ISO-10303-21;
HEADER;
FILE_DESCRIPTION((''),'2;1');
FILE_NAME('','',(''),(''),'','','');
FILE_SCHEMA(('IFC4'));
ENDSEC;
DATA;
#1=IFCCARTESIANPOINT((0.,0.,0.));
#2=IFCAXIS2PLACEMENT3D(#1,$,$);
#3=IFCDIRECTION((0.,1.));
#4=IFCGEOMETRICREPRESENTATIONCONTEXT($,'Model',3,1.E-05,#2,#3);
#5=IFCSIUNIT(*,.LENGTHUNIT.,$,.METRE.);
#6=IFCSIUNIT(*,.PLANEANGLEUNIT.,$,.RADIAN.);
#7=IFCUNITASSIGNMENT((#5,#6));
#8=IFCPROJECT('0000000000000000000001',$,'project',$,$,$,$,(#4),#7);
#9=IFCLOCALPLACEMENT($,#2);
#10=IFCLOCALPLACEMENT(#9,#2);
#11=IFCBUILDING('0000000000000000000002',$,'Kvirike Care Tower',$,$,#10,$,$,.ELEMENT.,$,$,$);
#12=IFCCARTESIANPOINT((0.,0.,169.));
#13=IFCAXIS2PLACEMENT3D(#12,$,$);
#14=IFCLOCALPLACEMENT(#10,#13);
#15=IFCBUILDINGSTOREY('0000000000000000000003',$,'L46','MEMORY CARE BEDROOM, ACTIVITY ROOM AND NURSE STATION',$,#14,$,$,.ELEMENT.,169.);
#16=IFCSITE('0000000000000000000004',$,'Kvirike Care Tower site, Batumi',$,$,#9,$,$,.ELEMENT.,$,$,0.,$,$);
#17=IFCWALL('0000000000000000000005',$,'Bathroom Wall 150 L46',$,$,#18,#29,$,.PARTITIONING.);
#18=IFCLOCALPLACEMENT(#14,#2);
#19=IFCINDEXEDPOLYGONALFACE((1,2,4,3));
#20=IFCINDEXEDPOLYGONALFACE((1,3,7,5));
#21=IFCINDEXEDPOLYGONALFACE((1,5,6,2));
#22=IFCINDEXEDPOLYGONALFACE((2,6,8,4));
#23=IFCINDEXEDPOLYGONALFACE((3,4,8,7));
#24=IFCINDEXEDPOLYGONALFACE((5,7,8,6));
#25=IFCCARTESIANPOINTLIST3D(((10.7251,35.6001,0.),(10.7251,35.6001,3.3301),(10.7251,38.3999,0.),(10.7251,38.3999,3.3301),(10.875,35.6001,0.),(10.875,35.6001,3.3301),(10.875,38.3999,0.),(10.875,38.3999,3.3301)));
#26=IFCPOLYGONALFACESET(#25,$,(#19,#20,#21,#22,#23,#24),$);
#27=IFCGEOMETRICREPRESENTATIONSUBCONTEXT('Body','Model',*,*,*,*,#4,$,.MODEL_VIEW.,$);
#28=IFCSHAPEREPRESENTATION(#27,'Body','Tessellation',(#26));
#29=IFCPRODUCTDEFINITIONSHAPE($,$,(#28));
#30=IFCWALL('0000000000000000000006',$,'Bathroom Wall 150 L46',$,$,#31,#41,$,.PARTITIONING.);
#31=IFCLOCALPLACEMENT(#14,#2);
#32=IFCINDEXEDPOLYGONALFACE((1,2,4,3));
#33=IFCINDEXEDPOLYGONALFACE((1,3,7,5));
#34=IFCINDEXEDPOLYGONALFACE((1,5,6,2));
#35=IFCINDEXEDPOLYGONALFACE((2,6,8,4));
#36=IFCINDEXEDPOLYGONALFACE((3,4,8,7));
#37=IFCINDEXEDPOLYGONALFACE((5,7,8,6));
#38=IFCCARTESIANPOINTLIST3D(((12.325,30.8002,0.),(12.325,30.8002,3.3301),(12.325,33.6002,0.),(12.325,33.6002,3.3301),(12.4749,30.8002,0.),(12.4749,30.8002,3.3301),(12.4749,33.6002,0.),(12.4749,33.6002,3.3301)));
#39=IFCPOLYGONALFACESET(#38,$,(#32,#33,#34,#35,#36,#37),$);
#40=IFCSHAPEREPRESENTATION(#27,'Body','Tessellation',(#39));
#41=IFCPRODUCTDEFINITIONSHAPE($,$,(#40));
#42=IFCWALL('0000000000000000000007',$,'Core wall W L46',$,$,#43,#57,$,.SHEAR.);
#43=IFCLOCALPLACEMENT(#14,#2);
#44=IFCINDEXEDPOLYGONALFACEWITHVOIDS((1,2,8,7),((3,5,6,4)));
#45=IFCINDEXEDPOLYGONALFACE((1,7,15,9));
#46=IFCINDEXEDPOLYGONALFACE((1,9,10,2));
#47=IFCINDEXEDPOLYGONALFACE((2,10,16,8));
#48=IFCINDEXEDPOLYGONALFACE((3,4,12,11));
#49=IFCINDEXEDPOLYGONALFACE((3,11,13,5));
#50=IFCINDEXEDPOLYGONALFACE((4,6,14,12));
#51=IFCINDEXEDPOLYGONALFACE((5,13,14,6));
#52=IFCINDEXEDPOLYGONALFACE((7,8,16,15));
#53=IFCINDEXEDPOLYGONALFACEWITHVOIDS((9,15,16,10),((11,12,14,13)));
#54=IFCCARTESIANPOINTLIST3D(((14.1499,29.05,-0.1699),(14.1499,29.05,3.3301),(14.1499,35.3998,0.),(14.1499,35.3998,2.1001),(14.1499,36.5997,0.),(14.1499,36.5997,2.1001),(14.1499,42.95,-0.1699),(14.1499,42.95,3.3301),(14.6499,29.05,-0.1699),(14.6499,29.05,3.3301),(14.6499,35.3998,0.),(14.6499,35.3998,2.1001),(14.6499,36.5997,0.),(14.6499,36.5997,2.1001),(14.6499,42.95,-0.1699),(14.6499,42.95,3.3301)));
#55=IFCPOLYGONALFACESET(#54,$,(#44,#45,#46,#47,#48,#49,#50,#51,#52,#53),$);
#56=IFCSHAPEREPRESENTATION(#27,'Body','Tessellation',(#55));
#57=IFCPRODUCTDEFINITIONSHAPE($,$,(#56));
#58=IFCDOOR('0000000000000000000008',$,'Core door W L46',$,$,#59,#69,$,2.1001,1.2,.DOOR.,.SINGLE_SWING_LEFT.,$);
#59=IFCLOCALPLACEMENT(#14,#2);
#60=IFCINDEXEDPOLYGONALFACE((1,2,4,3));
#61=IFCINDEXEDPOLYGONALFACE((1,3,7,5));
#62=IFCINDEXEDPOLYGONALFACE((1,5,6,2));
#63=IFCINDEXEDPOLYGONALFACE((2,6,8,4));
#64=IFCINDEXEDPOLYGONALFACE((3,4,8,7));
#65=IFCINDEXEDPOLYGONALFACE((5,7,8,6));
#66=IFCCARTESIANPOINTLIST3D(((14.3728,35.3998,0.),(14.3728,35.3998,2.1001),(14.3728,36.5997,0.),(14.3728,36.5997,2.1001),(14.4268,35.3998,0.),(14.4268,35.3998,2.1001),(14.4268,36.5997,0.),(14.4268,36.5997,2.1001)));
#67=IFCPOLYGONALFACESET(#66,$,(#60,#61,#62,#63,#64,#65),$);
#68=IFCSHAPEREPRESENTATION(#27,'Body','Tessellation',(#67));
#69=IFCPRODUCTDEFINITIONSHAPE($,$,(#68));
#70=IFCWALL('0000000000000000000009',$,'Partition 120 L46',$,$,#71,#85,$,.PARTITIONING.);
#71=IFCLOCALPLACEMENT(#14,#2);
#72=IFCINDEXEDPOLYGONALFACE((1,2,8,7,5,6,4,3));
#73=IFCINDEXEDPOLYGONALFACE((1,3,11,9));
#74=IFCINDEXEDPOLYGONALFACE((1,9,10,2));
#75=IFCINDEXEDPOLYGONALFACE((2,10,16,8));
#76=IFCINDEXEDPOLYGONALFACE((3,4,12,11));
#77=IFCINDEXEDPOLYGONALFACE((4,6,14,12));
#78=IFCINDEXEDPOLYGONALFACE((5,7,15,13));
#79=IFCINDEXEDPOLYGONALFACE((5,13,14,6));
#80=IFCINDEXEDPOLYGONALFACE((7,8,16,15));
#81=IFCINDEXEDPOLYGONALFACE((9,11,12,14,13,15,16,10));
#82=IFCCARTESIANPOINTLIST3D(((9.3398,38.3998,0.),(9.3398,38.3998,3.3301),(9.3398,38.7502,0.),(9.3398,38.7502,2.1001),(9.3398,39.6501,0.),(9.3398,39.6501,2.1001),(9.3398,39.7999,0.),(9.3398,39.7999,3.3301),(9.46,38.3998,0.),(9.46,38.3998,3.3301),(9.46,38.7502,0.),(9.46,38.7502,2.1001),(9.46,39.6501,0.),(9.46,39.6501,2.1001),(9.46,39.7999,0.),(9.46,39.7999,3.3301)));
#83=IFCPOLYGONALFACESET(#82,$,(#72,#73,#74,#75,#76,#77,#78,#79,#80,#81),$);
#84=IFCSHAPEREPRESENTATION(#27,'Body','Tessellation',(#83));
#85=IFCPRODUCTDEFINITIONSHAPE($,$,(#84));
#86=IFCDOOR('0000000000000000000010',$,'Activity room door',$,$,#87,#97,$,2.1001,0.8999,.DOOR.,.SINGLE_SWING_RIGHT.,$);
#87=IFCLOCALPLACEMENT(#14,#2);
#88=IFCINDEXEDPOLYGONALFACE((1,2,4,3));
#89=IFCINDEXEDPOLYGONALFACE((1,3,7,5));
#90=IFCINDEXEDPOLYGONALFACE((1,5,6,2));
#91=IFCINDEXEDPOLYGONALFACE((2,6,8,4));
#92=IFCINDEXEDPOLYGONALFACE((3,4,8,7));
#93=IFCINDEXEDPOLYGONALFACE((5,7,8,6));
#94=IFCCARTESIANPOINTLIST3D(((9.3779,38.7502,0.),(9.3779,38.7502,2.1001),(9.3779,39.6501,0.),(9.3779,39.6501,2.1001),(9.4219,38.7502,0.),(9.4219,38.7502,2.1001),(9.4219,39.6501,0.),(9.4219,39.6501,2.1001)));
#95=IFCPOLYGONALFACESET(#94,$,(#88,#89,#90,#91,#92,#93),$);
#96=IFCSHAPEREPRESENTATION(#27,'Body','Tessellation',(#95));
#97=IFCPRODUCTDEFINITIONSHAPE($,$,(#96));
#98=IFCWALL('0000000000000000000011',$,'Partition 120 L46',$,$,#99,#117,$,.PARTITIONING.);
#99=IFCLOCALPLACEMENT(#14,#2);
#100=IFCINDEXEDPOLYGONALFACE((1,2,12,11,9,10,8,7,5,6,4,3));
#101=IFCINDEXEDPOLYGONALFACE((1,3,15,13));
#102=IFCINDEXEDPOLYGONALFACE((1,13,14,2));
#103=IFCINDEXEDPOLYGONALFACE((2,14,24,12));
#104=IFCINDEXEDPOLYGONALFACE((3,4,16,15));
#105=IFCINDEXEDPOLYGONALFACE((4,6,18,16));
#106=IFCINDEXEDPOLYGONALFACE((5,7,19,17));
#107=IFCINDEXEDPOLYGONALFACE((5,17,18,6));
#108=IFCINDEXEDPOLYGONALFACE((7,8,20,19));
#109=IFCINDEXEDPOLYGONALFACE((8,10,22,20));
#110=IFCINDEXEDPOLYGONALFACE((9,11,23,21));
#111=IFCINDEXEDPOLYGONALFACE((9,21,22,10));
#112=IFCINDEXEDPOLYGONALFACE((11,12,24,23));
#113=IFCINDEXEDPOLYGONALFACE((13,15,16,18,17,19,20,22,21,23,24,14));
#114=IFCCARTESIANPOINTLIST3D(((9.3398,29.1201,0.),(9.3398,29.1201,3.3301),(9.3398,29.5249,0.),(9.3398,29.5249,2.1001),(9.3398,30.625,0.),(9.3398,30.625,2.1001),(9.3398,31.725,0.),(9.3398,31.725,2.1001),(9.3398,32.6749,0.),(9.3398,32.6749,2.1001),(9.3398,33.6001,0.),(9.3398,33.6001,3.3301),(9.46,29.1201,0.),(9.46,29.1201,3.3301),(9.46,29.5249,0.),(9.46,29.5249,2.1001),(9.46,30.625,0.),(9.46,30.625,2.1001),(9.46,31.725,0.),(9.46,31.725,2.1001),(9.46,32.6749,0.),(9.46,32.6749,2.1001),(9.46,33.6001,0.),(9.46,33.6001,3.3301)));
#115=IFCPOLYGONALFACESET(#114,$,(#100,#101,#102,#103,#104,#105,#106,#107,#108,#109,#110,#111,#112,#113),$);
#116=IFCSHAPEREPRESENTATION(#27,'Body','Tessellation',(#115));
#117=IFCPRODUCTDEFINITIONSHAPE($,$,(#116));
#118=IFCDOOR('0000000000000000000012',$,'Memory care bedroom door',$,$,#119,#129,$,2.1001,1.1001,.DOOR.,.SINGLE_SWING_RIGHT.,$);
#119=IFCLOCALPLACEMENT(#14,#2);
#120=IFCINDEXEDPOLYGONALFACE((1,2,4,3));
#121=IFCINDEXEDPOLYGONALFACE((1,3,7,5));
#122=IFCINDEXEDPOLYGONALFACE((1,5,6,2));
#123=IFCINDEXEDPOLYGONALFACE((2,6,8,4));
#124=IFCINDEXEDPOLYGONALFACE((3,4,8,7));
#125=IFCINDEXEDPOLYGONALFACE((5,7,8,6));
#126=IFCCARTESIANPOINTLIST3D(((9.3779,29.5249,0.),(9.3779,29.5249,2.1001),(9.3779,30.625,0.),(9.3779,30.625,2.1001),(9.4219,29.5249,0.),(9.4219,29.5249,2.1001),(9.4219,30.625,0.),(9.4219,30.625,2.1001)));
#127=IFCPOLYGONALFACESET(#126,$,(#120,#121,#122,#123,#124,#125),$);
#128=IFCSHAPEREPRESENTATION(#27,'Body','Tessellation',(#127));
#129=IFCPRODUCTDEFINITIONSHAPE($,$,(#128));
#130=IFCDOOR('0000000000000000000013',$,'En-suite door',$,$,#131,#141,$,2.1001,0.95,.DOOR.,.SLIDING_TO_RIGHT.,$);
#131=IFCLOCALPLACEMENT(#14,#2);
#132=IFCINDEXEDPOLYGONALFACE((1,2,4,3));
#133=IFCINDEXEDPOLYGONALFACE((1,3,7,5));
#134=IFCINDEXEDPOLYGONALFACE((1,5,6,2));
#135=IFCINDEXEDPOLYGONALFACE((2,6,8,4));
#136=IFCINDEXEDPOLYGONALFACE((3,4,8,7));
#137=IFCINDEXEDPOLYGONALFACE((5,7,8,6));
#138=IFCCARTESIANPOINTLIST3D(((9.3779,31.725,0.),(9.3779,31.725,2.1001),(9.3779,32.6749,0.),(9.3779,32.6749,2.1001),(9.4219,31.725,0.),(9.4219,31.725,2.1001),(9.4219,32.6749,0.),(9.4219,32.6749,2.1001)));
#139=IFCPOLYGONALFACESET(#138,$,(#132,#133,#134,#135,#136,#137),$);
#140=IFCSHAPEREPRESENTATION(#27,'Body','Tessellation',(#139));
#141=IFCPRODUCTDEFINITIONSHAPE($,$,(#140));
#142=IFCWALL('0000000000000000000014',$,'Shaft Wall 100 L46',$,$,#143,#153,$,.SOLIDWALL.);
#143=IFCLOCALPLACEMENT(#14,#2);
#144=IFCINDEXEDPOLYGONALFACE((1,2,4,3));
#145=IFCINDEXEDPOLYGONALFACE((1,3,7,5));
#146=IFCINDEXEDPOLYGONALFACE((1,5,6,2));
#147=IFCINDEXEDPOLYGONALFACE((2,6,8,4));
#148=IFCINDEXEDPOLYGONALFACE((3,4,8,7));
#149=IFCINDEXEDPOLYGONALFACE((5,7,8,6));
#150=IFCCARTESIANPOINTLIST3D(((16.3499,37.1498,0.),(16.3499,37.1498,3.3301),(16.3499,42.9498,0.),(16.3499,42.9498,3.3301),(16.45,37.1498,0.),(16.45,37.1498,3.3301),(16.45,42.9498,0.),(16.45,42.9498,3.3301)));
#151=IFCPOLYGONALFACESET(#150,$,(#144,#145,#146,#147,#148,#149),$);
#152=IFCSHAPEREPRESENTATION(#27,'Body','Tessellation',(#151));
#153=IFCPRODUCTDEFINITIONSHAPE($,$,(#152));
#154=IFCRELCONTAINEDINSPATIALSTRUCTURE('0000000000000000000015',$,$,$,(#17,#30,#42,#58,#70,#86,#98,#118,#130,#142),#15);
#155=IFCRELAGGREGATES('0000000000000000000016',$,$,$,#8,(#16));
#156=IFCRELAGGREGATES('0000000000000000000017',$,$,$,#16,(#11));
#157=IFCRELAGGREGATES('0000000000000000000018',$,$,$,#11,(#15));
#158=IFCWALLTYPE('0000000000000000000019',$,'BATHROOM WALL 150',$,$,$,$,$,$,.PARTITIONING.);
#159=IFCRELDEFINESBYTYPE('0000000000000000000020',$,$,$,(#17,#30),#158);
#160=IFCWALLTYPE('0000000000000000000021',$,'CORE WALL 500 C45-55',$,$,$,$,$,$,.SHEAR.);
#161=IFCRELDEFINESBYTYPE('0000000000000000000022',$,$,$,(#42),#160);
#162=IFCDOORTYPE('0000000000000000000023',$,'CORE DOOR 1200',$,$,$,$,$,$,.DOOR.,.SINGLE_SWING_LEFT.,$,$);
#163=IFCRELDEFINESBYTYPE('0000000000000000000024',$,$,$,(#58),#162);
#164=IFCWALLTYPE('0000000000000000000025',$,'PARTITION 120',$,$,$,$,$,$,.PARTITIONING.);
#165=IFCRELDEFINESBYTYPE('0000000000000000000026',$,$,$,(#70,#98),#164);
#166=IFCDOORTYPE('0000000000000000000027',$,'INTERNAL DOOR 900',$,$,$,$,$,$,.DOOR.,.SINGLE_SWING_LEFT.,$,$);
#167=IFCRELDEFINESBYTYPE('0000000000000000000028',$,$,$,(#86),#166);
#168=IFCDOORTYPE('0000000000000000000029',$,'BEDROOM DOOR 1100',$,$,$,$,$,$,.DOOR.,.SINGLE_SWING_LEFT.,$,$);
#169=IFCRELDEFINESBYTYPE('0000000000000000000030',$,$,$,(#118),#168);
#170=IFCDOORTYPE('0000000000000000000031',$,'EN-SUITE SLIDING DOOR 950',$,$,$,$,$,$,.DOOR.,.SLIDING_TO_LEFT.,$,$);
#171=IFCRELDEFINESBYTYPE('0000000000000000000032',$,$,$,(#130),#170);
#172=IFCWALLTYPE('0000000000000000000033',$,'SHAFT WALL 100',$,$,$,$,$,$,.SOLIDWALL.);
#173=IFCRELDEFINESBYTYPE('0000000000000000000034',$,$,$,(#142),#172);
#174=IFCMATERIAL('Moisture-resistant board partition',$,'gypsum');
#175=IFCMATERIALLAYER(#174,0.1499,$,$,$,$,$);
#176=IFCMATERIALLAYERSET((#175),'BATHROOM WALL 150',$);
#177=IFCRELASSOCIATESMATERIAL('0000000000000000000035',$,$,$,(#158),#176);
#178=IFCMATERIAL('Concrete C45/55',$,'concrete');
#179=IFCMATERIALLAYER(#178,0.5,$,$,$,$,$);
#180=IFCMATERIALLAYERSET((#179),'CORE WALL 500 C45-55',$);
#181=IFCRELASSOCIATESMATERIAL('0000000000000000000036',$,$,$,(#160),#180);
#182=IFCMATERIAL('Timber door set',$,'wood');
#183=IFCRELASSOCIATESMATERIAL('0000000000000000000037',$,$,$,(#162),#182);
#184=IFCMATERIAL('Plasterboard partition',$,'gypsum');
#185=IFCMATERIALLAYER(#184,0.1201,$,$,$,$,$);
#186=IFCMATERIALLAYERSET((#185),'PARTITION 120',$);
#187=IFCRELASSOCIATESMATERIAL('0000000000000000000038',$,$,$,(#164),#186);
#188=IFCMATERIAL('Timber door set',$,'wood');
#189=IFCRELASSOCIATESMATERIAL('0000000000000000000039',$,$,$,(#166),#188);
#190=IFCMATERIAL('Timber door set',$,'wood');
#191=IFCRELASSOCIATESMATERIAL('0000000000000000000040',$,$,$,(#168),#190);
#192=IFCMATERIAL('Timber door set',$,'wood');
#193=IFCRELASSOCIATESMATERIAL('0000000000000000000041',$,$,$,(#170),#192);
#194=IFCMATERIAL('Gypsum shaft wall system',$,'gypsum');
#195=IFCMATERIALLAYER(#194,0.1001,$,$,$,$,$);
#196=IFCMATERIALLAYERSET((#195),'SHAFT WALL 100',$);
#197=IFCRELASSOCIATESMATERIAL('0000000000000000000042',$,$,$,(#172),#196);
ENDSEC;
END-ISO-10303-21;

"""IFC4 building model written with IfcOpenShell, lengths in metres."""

from ifc_helpers import new_model, si_unit, direction, frame, frame_2d, origin, place, context, subcontext, project, spatial, rectangle, extrude, material, layer, layer_set, type_object, element, fill, save


model = new_model("IFC4")

# Units and contexts
model_context = context("Model", 3, precision=1e-05, world=origin(), true_north=direction((0.0, 1.0)))
body_context = subcontext(model_context, "Body", "Model", "MODEL_VIEW")
ifc_project = project(units=[si_unit("LENGTHUNIT", "METRE"), si_unit("PLANEANGLEUNIT", "RADIAN")], contexts=[model_context])

# Site, building, storey
site_placement = place(None, origin())
site = spatial("IfcSite", under=ifc_project, at=site_placement, Name="Kvirike Care Tower site, Batumi", CompositionType="ELEMENT", RefElevation=0.0)
building_placement = place(site_placement, origin())
building = spatial("IfcBuilding", under=site, at=building_placement, Name="Kvirike Care Tower", CompositionType="ELEMENT")
storey_placement = place(building_placement, frame((0.0, 0.0, 169.0)))
storey = spatial("IfcBuildingStorey", under=building, at=storey_placement, Name="L46", Description="MEMORY CARE BEDROOM, ACTIVITY ROOM AND NURSE STATION", CompositionType="ELEMENT", Elevation=169.0)

# Walls
ifc_material_1 = material(Name="Moisture-resistant board partition", Category="gypsum")
ifc_layer_1 = layer(ifc_material_1, 0.1499)
ifc_layer_set_1 = layer_set([ifc_layer_1], Name="BATHROOM WALL 150")
wall_type_1 = type_object("IfcWallType", Name="BATHROOM WALL 150", PredefinedType="PARTITIONING", material=ifc_layer_set_1)
wall_1_placement = place(storey_placement, frame((10.8, 38.3999, 0.0), z_axis=(0.0, 0.0, 1.0), x_axis=(0.0, -1.0, 0.0)))
element("IfcWall", 1, at=wall_1_placement, inside=storey, type_object=wall_type_1, Name="Bathroom Wall 150 L46", PredefinedType="PARTITIONING", context=body_context, shape_type="SweptSolid", body=[
    extrude(rectangle(XDim=2.7998, YDim=0.1499, at=frame_2d((1.3999, 0.0))), origin(), (0.0, 0.0, 1.0), 3.3301),
])
wall_2_placement = place(storey_placement, frame((12.3999, 33.6001, 0.0), z_axis=(0.0, 0.0, 1.0), x_axis=(0.0, -1.0, 0.0)))
element("IfcWall", 2, at=wall_2_placement, inside=storey, type_object=wall_type_1, Name="Bathroom Wall 150 L46", PredefinedType="PARTITIONING", context=body_context, shape_type="SweptSolid", body=[
    extrude(rectangle(XDim=2.8, YDim=0.1499, at=frame_2d((1.3999, 0.0))), origin(), (0.0, 0.0, 1.0), 3.3301),
])

# Walls, openings, doors
ifc_material_2 = material(Name="Concrete C45/55", Category="concrete")
ifc_layer_2 = layer(ifc_material_2, 0.5)
ifc_layer_set_2 = layer_set([ifc_layer_2], Name="CORE WALL 500 C45-55")
wall_type_2 = type_object("IfcWallType", Name="CORE WALL 500 C45-55", PredefinedType="SHEAR", material=ifc_layer_set_2)
wall_3_placement = place(storey_placement, frame((14.3999, 42.95, -0.1699), z_axis=(0.0, 0.0, 1.0), x_axis=(0.0, -1.0, 0.0)))
wall_3 = element("IfcWall", 3, at=wall_3_placement, inside=storey, type_object=wall_type_2, Name="Core wall W L46", PredefinedType="SHEAR", context=body_context, shape_type="SweptSolid", body=[
    extrude(rectangle(XDim=13.8999, YDim=0.5, at=frame_2d((6.95, 0.0))), origin(), (0.0, 0.0, 1.0), 3.5),
])
opening_1_placement = place(wall_3_placement, frame((6.3501, 0.0, 0.1699)))
opening_1 = element("IfcOpeningElement", 4, at=opening_1_placement, cuts=wall_3, PredefinedType="OPENING", context=body_context, shape_type="SweptSolid", body=[
    extrude(rectangle(XDim=1.2, YDim=2.1001, at=frame_2d((0.6001, 1.05))), frame((0.0, 0.2605, 0.0), z_axis=(0.0, -1.0, 0.0), x_axis=(1.0, 0.0, 0.0)), (0.0, 0.0, 1.0), 0.521),
])
ifc_material_3 = material(Name="Timber door set", Category="wood")
door_type_1 = type_object("IfcDoorType", Name="CORE DOOR 1200", OperationType="SINGLE_SWING_LEFT", PredefinedType="DOOR", material=ifc_material_3)
door_1_placement = place(opening_1_placement, origin())
door_1 = element("IfcDoor", 5, at=door_1_placement, inside=storey, type_object=door_type_1, Name="Core door W L46", OperationType="SINGLE_SWING_LEFT", OverallHeight=2.1001, OverallWidth=1.2, PredefinedType="DOOR", context=body_context, shape_type="SweptSolid", body=[
    extrude(rectangle(XDim=1.2, YDim=2.1001, at=frame_2d((0.6001, 1.05))), frame((0.0, 0.0269, 0.0), z_axis=(0.0, -1.0, 0.0), x_axis=(1.0, 0.0, 0.0)), (0.0, 0.0, 1.0), 0.054),
])
fill(opening_1, door_1)
ifc_material_4 = material(Name="Plasterboard partition", Category="gypsum")
ifc_layer_3 = layer(ifc_material_4, 0.1201)
ifc_layer_set_3 = layer_set([ifc_layer_3], Name="PARTITION 120")
wall_type_3 = type_object("IfcWallType", Name="PARTITION 120", PredefinedType="PARTITIONING", material=ifc_layer_set_3)
wall_4_placement = place(storey_placement, frame((9.3999, 39.8, 0.0), z_axis=(0.0, 0.0, 1.0), x_axis=(0.0, -1.0, 0.0)))
wall_4 = element("IfcWall", 6, at=wall_4_placement, inside=storey, type_object=wall_type_3, Name="Partition 120 L46", PredefinedType="PARTITIONING", context=body_context, shape_type="SweptSolid", body=[
    extrude(rectangle(XDim=1.4001, YDim=0.1201, at=frame_2d((0.7002, 0.0))), origin(), (0.0, 0.0, 1.0), 3.3301),
])
opening_2_placement = place(wall_4_placement, frame((0.1499, 0.0, 0.0)))
opening_2 = element("IfcOpeningElement", 7, at=opening_2_placement, cuts=wall_4, PredefinedType="OPENING", context=body_context, shape_type="SweptSolid", body=[
    extrude(rectangle(XDim=0.8999, YDim=2.1001, at=frame_2d((0.45, 1.05))), frame((0.0, 0.0706, 0.0), z_axis=(0.0, -1.0, 0.0), x_axis=(1.0, 0.0, 0.0)), (0.0, 0.0, 1.0), 0.1411),
])
ifc_material_5 = material(Name="Timber door set", Category="wood")
door_type_2 = type_object("IfcDoorType", Name="INTERNAL DOOR 900", OperationType="SINGLE_SWING_LEFT", PredefinedType="DOOR", material=ifc_material_5)
door_2_placement = place(opening_2_placement, origin())
door_2 = element("IfcDoor", 8, at=door_2_placement, inside=storey, type_object=door_type_2, Name="Activity room door", OperationType="SINGLE_SWING_RIGHT", OverallHeight=2.1001, OverallWidth=0.8999, PredefinedType="DOOR", context=body_context, shape_type="SweptSolid", body=[
    extrude(rectangle(XDim=0.8999, YDim=2.1001, at=frame_2d((0.45, 1.05))), frame((0.0, 0.022, 0.0), z_axis=(0.0, -1.0, 0.0), x_axis=(1.0, 0.0, 0.0)), (0.0, 0.0, 1.0), 0.0439),
])
fill(opening_2, door_2)

# Wall, openings, doors
wall_5_placement = place(storey_placement, frame((9.3999, 33.6001, 0.0), z_axis=(0.0, 0.0, 1.0), x_axis=(0.0, -1.0, 0.0)))
wall_5 = element("IfcWall", 9, at=wall_5_placement, inside=storey, type_object=wall_type_3, Name="Partition 120 L46", PredefinedType="PARTITIONING", context=body_context, shape_type="SweptSolid", body=[
    extrude(rectangle(XDim=4.48, YDim=0.1201, at=frame_2d((2.24, 0.0))), origin(), (0.0, 0.0, 1.0), 3.3301),
])
opening_3_placement = place(wall_5_placement, frame((2.9751, 0.0, 0.0)))
opening_3 = element("IfcOpeningElement", 10, at=opening_3_placement, cuts=wall_5, PredefinedType="OPENING", context=body_context, shape_type="SweptSolid", body=[
    extrude(rectangle(XDim=1.1001, YDim=2.1001, at=frame_2d((0.55, 1.05))), frame((0.0, 0.0706, 0.0), z_axis=(0.0, -1.0, 0.0), x_axis=(1.0, 0.0, 0.0)), (0.0, 0.0, 1.0), 0.1411),
])
opening_4_placement = place(wall_5_placement, frame((0.925, 0.0, 0.0)))
opening_4 = element("IfcOpeningElement", 11, at=opening_4_placement, cuts=wall_5, PredefinedType="OPENING", context=body_context, shape_type="SweptSolid", body=[
    extrude(rectangle(XDim=0.95, YDim=2.1001, at=frame_2d((0.4751, 1.05))), frame((0.0, 0.0706, 0.0), z_axis=(0.0, -1.0, 0.0), x_axis=(1.0, 0.0, 0.0)), (0.0, 0.0, 1.0), 0.1411),
])
ifc_material_6 = material(Name="Timber door set", Category="wood")
door_type_3 = type_object("IfcDoorType", Name="BEDROOM DOOR 1100", OperationType="SINGLE_SWING_LEFT", PredefinedType="DOOR", material=ifc_material_6)
door_3_placement = place(opening_3_placement, origin())
door_3 = element("IfcDoor", 12, at=door_3_placement, inside=storey, type_object=door_type_3, Name="Memory care bedroom door", OperationType="SINGLE_SWING_RIGHT", OverallHeight=2.1001, OverallWidth=1.1001, PredefinedType="DOOR", context=body_context, shape_type="SweptSolid", body=[
    extrude(rectangle(XDim=1.1001, YDim=2.1001, at=frame_2d((0.55, 1.05))), frame((0.0, 0.022, 0.0), z_axis=(0.0, -1.0, 0.0), x_axis=(1.0, 0.0, 0.0)), (0.0, 0.0, 1.0), 0.0439),
])
fill(opening_3, door_3)
ifc_material_7 = material(Name="Timber door set", Category="wood")
door_type_4 = type_object("IfcDoorType", Name="EN-SUITE SLIDING DOOR 950", OperationType="SLIDING_TO_LEFT", PredefinedType="DOOR", material=ifc_material_7)
door_4_placement = place(opening_4_placement, origin())
door_4 = element("IfcDoor", 13, at=door_4_placement, inside=storey, type_object=door_type_4, Name="En-suite door", OperationType="SLIDING_TO_RIGHT", OverallHeight=2.1001, OverallWidth=0.95, PredefinedType="DOOR", context=body_context, shape_type="SweptSolid", body=[
    extrude(rectangle(XDim=0.95, YDim=2.1001, at=frame_2d((0.4751, 1.05))), frame((0.0, 0.022, 0.0), z_axis=(0.0, -1.0, 0.0), x_axis=(1.0, 0.0, 0.0)), (0.0, 0.0, 1.0), 0.0439),
])
fill(opening_4, door_4)

# Wall
ifc_material_8 = material(Name="Gypsum shaft wall system", Category="gypsum")
ifc_layer_4 = layer(ifc_material_8, 0.1001)
ifc_layer_set_4 = layer_set([ifc_layer_4], Name="SHAFT WALL 100")
wall_type_4 = type_object("IfcWallType", Name="SHAFT WALL 100", PredefinedType="SOLIDWALL", material=ifc_layer_set_4)
wall_6_placement = place(storey_placement, frame((16.3999, 37.1499, 0.0), z_axis=(0.0, 0.0, 1.0), x_axis=(0.0, 1.0, 0.0)))
element("IfcWall", 14, at=wall_6_placement, inside=storey, type_object=wall_type_4, Name="Shaft Wall 100 L46", PredefinedType="SOLIDWALL", context=body_context, shape_type="SweptSolid", body=[
    extrude(rectangle(XDim=5.8, YDim=0.1001, at=frame_2d((2.8999, 0.0))), origin(), (0.0, 0.0, 1.0), 3.3301),
])

save(model, "model.ifc")
